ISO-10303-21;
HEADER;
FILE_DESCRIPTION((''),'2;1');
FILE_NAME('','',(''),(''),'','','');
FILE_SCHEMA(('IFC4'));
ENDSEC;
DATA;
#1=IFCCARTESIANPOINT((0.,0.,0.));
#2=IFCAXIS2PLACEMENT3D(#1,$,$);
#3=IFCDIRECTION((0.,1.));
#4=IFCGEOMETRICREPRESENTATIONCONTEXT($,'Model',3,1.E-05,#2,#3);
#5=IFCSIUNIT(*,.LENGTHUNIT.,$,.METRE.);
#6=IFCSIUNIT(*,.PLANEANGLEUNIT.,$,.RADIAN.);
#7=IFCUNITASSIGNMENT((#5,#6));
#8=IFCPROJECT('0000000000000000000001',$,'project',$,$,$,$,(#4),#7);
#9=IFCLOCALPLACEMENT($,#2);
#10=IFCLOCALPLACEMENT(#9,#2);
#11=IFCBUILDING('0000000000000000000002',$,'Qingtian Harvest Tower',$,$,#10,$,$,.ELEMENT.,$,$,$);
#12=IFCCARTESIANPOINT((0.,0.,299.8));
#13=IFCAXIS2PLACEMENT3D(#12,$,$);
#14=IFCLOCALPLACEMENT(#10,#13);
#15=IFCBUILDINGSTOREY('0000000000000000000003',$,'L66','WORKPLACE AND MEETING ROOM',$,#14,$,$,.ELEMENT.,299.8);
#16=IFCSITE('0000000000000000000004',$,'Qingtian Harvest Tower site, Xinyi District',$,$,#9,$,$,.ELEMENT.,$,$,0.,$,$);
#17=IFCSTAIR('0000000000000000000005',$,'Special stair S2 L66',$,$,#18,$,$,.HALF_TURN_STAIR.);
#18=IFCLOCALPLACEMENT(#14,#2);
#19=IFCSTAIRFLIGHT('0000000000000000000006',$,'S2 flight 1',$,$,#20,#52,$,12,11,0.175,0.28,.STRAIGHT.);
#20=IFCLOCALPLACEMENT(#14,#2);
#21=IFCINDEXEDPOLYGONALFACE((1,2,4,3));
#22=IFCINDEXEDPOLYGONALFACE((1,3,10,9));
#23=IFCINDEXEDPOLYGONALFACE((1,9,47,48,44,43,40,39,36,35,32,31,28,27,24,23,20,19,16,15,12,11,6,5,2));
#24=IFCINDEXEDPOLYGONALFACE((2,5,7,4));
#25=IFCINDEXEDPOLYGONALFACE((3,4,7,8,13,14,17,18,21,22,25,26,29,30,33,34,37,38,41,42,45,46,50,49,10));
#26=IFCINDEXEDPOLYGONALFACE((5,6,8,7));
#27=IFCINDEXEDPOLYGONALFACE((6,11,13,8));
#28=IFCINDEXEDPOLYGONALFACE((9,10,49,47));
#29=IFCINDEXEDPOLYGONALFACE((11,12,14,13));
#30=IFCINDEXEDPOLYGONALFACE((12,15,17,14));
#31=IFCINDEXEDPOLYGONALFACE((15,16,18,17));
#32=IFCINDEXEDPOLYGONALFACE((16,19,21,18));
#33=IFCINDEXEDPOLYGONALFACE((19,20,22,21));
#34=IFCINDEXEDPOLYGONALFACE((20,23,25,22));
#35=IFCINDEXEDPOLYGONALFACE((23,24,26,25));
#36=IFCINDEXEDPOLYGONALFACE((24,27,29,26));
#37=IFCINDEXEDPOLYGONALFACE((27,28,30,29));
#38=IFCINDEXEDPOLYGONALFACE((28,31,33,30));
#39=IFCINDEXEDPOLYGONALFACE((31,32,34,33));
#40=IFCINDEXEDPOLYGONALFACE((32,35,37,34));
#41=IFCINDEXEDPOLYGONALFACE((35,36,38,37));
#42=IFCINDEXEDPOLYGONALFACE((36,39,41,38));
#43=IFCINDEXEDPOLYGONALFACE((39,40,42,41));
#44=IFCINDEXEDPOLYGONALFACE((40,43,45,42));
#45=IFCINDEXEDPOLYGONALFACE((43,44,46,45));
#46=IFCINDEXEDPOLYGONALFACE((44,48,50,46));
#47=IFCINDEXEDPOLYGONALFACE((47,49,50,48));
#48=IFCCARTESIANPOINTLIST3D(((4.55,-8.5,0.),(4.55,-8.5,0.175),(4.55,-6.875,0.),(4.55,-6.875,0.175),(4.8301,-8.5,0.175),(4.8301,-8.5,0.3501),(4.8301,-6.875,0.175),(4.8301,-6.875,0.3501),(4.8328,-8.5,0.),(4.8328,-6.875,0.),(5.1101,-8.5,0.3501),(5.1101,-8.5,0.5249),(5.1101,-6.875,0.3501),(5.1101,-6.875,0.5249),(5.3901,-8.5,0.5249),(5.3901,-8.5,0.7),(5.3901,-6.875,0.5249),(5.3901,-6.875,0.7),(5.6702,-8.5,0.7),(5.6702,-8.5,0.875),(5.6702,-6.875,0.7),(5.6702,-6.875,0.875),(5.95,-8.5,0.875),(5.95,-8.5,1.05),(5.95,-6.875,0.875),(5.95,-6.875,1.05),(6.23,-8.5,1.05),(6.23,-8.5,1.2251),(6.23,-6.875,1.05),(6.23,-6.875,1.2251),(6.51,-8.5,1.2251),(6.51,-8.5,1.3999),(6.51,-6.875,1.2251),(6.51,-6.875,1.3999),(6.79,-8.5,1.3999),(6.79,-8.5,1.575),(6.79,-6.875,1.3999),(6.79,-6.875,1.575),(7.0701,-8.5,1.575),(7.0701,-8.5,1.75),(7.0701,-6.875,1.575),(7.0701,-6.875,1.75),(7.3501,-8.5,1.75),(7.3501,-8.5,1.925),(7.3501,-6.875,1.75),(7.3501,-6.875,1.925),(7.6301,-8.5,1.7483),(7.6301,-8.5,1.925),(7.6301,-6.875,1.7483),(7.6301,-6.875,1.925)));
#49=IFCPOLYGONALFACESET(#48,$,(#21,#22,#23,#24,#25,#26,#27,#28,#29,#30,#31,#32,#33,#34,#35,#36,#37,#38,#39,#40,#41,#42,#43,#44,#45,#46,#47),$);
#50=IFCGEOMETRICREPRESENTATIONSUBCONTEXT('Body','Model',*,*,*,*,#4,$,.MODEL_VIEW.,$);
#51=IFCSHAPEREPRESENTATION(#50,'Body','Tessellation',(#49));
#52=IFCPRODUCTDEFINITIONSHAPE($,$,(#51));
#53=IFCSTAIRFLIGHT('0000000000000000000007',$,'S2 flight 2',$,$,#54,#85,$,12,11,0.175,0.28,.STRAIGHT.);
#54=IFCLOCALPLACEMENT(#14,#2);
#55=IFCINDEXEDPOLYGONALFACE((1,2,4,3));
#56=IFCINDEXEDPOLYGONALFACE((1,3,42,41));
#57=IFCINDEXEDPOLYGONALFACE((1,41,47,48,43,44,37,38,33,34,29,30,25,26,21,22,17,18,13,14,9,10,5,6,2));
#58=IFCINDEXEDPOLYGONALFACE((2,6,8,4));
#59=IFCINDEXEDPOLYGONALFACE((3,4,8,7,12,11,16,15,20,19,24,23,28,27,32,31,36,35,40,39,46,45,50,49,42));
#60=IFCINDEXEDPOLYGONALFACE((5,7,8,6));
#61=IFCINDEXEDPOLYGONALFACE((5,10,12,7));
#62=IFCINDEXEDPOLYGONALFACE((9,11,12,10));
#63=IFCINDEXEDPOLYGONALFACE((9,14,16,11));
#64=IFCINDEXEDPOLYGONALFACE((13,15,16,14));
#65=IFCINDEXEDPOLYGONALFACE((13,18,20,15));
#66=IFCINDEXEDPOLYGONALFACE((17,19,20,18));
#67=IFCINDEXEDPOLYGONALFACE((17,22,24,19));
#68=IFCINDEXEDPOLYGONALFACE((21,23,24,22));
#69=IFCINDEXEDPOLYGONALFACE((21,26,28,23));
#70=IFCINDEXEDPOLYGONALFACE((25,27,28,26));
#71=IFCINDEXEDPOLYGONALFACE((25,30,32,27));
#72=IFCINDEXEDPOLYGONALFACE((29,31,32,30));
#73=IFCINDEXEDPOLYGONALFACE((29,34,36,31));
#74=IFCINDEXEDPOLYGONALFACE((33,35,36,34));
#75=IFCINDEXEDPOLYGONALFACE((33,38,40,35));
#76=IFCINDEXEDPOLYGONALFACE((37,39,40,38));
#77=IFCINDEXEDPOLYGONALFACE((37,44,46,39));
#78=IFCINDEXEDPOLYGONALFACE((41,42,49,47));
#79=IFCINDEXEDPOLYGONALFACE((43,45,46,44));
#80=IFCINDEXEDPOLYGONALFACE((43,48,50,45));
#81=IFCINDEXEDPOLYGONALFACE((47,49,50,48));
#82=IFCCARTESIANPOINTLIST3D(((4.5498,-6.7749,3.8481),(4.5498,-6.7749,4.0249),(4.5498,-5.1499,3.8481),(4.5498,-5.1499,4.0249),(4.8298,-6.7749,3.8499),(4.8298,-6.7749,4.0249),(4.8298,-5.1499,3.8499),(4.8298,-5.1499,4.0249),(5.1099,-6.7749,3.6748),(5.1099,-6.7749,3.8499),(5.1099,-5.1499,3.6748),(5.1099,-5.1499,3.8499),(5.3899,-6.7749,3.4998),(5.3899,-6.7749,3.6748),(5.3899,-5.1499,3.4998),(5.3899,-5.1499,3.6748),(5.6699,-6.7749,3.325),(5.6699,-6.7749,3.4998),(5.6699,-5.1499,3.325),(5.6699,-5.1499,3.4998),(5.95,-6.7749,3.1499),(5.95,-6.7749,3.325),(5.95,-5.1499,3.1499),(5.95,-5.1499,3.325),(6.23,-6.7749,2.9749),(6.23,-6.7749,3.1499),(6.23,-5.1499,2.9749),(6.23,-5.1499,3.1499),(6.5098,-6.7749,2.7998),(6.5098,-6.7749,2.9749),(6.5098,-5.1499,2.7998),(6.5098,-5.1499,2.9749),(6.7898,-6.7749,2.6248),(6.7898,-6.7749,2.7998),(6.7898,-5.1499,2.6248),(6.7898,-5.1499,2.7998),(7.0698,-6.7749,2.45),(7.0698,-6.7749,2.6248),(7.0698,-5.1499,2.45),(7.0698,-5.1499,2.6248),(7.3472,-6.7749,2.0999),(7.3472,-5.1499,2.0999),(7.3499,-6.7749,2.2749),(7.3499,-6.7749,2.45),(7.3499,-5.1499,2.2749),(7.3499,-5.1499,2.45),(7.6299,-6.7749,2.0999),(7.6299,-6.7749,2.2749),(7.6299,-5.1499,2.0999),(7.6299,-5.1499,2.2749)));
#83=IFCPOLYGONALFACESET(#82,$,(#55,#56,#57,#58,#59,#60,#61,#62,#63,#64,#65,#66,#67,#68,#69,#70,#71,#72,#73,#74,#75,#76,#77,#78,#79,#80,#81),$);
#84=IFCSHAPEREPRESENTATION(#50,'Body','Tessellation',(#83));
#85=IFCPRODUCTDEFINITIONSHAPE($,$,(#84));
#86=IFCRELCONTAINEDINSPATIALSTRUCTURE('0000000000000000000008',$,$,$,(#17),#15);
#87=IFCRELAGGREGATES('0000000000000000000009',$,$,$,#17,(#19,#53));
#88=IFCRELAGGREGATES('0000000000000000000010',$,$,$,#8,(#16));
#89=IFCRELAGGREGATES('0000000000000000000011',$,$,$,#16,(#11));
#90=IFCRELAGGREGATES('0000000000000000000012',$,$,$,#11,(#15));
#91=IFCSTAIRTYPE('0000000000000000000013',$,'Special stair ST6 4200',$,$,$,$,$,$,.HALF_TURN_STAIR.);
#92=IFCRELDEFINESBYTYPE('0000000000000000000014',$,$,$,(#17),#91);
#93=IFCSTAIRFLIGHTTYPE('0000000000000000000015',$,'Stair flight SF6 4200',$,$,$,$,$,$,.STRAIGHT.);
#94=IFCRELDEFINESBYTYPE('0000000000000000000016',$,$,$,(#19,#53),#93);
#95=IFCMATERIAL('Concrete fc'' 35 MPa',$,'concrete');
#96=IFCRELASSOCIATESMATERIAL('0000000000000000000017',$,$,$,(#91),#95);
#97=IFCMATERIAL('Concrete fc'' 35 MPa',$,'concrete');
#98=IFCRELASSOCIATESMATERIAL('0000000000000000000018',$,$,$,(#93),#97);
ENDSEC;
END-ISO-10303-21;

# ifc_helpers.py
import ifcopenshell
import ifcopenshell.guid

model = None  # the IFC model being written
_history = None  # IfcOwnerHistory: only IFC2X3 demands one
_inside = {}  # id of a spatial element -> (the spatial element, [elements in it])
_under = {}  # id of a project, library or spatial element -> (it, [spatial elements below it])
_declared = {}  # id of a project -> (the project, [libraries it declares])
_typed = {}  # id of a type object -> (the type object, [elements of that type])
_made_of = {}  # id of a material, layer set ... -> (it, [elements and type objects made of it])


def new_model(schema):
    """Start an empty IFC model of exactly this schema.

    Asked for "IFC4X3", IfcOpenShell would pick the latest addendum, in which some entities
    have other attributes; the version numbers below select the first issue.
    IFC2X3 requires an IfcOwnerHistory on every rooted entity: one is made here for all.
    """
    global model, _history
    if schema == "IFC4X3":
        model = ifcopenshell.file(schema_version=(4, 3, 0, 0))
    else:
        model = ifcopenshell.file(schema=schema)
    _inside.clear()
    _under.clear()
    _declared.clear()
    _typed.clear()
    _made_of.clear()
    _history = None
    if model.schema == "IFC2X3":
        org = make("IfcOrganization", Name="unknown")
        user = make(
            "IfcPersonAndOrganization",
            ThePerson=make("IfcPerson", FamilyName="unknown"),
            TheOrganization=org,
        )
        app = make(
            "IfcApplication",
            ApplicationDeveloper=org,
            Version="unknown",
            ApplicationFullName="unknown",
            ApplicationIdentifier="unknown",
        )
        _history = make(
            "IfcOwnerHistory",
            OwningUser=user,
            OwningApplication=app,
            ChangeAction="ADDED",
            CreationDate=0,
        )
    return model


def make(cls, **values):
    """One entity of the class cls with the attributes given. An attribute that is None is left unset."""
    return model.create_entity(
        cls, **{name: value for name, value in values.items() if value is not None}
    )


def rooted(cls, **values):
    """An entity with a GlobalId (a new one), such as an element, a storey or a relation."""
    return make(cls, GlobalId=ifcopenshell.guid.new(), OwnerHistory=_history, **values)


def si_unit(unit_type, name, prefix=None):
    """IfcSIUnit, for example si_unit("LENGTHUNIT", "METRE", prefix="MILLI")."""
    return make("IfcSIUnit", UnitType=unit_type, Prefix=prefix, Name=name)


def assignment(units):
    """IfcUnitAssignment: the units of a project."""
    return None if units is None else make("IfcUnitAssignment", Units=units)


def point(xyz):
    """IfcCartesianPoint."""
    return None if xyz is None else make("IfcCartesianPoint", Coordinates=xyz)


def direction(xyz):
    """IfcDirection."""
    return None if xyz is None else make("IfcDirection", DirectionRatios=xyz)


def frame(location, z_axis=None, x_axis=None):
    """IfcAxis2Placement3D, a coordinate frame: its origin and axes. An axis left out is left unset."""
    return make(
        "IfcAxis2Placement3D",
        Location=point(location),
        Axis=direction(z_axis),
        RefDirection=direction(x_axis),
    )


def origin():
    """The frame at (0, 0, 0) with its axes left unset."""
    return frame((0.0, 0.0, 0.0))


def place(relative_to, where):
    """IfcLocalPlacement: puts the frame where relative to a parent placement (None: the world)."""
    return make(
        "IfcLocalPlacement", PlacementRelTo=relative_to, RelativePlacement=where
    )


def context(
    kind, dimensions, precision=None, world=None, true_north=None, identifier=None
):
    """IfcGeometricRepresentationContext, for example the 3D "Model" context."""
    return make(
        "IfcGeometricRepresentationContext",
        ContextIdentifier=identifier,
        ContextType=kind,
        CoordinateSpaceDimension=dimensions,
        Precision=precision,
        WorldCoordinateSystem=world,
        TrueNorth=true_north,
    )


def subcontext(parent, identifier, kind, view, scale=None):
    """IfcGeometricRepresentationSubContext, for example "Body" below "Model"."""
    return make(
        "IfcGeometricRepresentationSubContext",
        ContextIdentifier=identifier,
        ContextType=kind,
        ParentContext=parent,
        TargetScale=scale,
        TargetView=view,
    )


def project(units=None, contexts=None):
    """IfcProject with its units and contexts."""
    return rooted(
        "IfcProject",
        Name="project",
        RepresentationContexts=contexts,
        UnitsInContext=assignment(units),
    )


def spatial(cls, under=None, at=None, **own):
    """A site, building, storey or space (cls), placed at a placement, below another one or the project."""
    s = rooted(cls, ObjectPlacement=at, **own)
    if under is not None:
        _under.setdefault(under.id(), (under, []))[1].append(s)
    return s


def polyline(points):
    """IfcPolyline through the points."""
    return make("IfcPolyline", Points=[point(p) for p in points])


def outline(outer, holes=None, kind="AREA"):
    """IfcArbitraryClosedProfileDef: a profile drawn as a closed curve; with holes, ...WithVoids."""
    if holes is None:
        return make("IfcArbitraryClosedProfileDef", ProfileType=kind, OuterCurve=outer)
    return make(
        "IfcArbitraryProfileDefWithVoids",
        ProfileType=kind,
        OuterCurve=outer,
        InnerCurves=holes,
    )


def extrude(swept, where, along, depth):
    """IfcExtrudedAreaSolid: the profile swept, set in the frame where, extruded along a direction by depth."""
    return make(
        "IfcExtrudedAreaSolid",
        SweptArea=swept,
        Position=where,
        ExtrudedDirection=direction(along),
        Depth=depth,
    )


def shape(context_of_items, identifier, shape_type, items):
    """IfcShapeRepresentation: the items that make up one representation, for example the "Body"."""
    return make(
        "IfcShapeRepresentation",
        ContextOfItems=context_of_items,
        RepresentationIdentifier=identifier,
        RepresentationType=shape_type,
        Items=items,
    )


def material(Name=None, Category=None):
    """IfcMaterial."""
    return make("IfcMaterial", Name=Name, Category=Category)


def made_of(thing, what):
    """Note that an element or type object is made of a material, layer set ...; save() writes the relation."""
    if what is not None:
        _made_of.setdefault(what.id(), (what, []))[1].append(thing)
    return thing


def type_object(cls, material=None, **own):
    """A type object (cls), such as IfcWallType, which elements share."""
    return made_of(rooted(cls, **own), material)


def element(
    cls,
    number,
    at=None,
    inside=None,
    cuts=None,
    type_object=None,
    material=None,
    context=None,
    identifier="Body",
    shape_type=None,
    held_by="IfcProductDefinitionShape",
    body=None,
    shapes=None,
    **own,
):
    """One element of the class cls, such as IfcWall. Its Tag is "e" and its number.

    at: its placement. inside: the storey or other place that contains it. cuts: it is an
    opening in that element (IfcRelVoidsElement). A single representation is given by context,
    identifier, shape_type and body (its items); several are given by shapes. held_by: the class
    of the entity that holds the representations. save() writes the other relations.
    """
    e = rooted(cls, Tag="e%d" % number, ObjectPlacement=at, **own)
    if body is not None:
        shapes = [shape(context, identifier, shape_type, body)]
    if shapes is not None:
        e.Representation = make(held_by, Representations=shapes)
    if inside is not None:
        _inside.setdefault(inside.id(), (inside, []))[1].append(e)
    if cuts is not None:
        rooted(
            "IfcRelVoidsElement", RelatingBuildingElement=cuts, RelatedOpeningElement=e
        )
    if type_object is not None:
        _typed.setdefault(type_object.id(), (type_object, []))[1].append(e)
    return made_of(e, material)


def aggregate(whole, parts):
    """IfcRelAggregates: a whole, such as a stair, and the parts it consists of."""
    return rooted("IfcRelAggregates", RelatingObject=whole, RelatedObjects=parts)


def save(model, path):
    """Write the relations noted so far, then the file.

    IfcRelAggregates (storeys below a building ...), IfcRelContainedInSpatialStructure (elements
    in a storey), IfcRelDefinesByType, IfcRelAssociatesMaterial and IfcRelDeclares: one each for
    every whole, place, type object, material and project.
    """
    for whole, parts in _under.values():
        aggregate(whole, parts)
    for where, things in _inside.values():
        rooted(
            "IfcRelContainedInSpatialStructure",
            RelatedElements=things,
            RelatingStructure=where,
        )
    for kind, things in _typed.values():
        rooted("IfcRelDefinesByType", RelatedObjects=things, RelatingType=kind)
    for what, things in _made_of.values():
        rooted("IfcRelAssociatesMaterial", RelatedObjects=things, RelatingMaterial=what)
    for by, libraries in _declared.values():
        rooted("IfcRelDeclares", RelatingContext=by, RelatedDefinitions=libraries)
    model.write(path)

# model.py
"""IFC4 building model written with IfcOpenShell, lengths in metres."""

from ifc_helpers import new_model, si_unit, direction, frame, origin, place, context, subcontext, project, spatial, polyline, outline, extrude, material, type_object, element, aggregate, save


model = new_model("IFC4")

# Units and contexts
model_context = context("Model", 3, precision=1e-05, world=origin(), true_north=direction((0.0, 1.0)))
body_context = subcontext(model_context, "Body", "Model", "MODEL_VIEW")
ifc_project = project(units=[si_unit("LENGTHUNIT", "METRE"), si_unit("PLANEANGLEUNIT", "RADIAN")], contexts=[model_context])

# Site, building, storey
site_placement = place(None, origin())
site = spatial("IfcSite", under=ifc_project, at=site_placement, Name="Qingtian Harvest Tower site, Xinyi District", CompositionType="ELEMENT", RefElevation=0.0)
building_placement = place(site_placement, origin())
building = spatial("IfcBuilding", under=site, at=building_placement, Name="Qingtian Harvest Tower", CompositionType="ELEMENT")
storey_placement = place(building_placement, frame((0.0, 0.0, 299.8)))
storey = spatial("IfcBuildingStorey", under=building, at=storey_placement, Name="L66", Description="WORKPLACE AND MEETING ROOM", CompositionType="ELEMENT", Elevation=299.8)

# Stair, stair flights
ifc_material_1 = material(Name="Concrete fc' 35 MPa", Category="concrete")
stair_type = type_object("IfcStairType", Name="Special stair ST6 4200", PredefinedType="HALF_TURN_STAIR", material=ifc_material_1)
stair_placement = place(storey_placement, origin())
stair = element("IfcStair", 1, at=stair_placement, inside=storey, type_object=stair_type, Name="Special stair S2 L66", PredefinedType="HALF_TURN_STAIR")
ifc_material_2 = material(Name="Concrete fc' 35 MPa", Category="concrete")
stair_flight_type = type_object("IfcStairFlightType", Name="Stair flight SF6 4200", PredefinedType="STRAIGHT", material=ifc_material_2)
stair_flight_1_placement = place(storey_placement, frame((4.55, -7.6875, 0.0), z_axis=(0.0, 0.0, 1.0), x_axis=(1.0, 0.0, 0.0)))
stair_flight_1 = element("IfcStairFlight", 2, at=stair_flight_1_placement, type_object=stair_flight_type, Name="S2 flight 1", NumberOfRisers=12, NumberOfTreads=11, PredefinedType="STRAIGHT", RiserHeight=0.175, TreadLength=0.28, context=body_context, shape_type="SweptSolid", body=[
    extrude(outline(polyline([(0.0, 0.0), (0.0, 0.175), (0.28, 0.175), (0.28, 0.3501), (0.5601, 0.3501), (0.5601, 0.5249), (0.8401, 0.5249), (0.8401, 0.7), (1.1201, 0.7), (1.1201, 0.875), (1.3999, 0.875), (1.3999, 1.05), (1.6799, 1.05), (1.6799, 1.2251), (1.96, 1.2251), (1.96, 1.3999), (2.24, 1.3999), (2.24, 1.575), (2.52, 1.575), (2.52, 1.75), (2.8, 1.75), (2.8, 1.925), (3.0801, 1.925), (3.0801, 2.1001), (3.0801, 1.7483), (0.2827, 0.0), (0.0, 0.0)])), frame((0.0, 0.8125, 0.0), z_axis=(0.0, -1.0, 0.0), x_axis=(1.0, 0.0, 0.0)), (0.0, 0.0, 1.0), 1.625),
])
stair_flight_2_placement = place(storey_placement, frame((7.6299, -5.9624, 2.0999), z_axis=(0.0, 0.0, 1.0), x_axis=(-1.0, 0.0, 0.0)))
stair_flight_2 = element("IfcStairFlight", 3, at=stair_flight_2_placement, type_object=stair_flight_type, Name="S2 flight 2", NumberOfRisers=12, NumberOfTreads=11, PredefinedType="STRAIGHT", RiserHeight=0.175, TreadLength=0.28, context=body_context, shape_type="SweptSolid", body=[
    extrude(outline(polyline([(0.0, 0.0), (0.0, 0.175), (0.28, 0.175), (0.28, 0.3501), (0.5601, 0.3501), (0.5601, 0.5249), (0.8401, 0.5249), (0.8401, 0.7), (1.1201, 0.7), (1.1201, 0.875), (1.3999, 0.875), (1.3999, 1.05), (1.6799, 1.05), (1.6799, 1.2251), (1.96, 1.2251), (1.96, 1.3999), (2.24, 1.3999), (2.24, 1.575), (2.52, 1.575), (2.52, 1.75), (2.8, 1.75), (2.8, 1.925), (3.0801, 1.925), (3.0801, 2.1001), (3.0801, 1.7483), (0.2827, 0.0), (0.0, 0.0)])), frame((0.0, 0.8125, 0.0), z_axis=(0.0, -1.0, 0.0), x_axis=(1.0, 0.0, 0.0)), (0.0, 0.0, 1.0), 1.625),
])
aggregate(stair, [stair_flight_1, stair_flight_2])

save(model, "model.ifc")
